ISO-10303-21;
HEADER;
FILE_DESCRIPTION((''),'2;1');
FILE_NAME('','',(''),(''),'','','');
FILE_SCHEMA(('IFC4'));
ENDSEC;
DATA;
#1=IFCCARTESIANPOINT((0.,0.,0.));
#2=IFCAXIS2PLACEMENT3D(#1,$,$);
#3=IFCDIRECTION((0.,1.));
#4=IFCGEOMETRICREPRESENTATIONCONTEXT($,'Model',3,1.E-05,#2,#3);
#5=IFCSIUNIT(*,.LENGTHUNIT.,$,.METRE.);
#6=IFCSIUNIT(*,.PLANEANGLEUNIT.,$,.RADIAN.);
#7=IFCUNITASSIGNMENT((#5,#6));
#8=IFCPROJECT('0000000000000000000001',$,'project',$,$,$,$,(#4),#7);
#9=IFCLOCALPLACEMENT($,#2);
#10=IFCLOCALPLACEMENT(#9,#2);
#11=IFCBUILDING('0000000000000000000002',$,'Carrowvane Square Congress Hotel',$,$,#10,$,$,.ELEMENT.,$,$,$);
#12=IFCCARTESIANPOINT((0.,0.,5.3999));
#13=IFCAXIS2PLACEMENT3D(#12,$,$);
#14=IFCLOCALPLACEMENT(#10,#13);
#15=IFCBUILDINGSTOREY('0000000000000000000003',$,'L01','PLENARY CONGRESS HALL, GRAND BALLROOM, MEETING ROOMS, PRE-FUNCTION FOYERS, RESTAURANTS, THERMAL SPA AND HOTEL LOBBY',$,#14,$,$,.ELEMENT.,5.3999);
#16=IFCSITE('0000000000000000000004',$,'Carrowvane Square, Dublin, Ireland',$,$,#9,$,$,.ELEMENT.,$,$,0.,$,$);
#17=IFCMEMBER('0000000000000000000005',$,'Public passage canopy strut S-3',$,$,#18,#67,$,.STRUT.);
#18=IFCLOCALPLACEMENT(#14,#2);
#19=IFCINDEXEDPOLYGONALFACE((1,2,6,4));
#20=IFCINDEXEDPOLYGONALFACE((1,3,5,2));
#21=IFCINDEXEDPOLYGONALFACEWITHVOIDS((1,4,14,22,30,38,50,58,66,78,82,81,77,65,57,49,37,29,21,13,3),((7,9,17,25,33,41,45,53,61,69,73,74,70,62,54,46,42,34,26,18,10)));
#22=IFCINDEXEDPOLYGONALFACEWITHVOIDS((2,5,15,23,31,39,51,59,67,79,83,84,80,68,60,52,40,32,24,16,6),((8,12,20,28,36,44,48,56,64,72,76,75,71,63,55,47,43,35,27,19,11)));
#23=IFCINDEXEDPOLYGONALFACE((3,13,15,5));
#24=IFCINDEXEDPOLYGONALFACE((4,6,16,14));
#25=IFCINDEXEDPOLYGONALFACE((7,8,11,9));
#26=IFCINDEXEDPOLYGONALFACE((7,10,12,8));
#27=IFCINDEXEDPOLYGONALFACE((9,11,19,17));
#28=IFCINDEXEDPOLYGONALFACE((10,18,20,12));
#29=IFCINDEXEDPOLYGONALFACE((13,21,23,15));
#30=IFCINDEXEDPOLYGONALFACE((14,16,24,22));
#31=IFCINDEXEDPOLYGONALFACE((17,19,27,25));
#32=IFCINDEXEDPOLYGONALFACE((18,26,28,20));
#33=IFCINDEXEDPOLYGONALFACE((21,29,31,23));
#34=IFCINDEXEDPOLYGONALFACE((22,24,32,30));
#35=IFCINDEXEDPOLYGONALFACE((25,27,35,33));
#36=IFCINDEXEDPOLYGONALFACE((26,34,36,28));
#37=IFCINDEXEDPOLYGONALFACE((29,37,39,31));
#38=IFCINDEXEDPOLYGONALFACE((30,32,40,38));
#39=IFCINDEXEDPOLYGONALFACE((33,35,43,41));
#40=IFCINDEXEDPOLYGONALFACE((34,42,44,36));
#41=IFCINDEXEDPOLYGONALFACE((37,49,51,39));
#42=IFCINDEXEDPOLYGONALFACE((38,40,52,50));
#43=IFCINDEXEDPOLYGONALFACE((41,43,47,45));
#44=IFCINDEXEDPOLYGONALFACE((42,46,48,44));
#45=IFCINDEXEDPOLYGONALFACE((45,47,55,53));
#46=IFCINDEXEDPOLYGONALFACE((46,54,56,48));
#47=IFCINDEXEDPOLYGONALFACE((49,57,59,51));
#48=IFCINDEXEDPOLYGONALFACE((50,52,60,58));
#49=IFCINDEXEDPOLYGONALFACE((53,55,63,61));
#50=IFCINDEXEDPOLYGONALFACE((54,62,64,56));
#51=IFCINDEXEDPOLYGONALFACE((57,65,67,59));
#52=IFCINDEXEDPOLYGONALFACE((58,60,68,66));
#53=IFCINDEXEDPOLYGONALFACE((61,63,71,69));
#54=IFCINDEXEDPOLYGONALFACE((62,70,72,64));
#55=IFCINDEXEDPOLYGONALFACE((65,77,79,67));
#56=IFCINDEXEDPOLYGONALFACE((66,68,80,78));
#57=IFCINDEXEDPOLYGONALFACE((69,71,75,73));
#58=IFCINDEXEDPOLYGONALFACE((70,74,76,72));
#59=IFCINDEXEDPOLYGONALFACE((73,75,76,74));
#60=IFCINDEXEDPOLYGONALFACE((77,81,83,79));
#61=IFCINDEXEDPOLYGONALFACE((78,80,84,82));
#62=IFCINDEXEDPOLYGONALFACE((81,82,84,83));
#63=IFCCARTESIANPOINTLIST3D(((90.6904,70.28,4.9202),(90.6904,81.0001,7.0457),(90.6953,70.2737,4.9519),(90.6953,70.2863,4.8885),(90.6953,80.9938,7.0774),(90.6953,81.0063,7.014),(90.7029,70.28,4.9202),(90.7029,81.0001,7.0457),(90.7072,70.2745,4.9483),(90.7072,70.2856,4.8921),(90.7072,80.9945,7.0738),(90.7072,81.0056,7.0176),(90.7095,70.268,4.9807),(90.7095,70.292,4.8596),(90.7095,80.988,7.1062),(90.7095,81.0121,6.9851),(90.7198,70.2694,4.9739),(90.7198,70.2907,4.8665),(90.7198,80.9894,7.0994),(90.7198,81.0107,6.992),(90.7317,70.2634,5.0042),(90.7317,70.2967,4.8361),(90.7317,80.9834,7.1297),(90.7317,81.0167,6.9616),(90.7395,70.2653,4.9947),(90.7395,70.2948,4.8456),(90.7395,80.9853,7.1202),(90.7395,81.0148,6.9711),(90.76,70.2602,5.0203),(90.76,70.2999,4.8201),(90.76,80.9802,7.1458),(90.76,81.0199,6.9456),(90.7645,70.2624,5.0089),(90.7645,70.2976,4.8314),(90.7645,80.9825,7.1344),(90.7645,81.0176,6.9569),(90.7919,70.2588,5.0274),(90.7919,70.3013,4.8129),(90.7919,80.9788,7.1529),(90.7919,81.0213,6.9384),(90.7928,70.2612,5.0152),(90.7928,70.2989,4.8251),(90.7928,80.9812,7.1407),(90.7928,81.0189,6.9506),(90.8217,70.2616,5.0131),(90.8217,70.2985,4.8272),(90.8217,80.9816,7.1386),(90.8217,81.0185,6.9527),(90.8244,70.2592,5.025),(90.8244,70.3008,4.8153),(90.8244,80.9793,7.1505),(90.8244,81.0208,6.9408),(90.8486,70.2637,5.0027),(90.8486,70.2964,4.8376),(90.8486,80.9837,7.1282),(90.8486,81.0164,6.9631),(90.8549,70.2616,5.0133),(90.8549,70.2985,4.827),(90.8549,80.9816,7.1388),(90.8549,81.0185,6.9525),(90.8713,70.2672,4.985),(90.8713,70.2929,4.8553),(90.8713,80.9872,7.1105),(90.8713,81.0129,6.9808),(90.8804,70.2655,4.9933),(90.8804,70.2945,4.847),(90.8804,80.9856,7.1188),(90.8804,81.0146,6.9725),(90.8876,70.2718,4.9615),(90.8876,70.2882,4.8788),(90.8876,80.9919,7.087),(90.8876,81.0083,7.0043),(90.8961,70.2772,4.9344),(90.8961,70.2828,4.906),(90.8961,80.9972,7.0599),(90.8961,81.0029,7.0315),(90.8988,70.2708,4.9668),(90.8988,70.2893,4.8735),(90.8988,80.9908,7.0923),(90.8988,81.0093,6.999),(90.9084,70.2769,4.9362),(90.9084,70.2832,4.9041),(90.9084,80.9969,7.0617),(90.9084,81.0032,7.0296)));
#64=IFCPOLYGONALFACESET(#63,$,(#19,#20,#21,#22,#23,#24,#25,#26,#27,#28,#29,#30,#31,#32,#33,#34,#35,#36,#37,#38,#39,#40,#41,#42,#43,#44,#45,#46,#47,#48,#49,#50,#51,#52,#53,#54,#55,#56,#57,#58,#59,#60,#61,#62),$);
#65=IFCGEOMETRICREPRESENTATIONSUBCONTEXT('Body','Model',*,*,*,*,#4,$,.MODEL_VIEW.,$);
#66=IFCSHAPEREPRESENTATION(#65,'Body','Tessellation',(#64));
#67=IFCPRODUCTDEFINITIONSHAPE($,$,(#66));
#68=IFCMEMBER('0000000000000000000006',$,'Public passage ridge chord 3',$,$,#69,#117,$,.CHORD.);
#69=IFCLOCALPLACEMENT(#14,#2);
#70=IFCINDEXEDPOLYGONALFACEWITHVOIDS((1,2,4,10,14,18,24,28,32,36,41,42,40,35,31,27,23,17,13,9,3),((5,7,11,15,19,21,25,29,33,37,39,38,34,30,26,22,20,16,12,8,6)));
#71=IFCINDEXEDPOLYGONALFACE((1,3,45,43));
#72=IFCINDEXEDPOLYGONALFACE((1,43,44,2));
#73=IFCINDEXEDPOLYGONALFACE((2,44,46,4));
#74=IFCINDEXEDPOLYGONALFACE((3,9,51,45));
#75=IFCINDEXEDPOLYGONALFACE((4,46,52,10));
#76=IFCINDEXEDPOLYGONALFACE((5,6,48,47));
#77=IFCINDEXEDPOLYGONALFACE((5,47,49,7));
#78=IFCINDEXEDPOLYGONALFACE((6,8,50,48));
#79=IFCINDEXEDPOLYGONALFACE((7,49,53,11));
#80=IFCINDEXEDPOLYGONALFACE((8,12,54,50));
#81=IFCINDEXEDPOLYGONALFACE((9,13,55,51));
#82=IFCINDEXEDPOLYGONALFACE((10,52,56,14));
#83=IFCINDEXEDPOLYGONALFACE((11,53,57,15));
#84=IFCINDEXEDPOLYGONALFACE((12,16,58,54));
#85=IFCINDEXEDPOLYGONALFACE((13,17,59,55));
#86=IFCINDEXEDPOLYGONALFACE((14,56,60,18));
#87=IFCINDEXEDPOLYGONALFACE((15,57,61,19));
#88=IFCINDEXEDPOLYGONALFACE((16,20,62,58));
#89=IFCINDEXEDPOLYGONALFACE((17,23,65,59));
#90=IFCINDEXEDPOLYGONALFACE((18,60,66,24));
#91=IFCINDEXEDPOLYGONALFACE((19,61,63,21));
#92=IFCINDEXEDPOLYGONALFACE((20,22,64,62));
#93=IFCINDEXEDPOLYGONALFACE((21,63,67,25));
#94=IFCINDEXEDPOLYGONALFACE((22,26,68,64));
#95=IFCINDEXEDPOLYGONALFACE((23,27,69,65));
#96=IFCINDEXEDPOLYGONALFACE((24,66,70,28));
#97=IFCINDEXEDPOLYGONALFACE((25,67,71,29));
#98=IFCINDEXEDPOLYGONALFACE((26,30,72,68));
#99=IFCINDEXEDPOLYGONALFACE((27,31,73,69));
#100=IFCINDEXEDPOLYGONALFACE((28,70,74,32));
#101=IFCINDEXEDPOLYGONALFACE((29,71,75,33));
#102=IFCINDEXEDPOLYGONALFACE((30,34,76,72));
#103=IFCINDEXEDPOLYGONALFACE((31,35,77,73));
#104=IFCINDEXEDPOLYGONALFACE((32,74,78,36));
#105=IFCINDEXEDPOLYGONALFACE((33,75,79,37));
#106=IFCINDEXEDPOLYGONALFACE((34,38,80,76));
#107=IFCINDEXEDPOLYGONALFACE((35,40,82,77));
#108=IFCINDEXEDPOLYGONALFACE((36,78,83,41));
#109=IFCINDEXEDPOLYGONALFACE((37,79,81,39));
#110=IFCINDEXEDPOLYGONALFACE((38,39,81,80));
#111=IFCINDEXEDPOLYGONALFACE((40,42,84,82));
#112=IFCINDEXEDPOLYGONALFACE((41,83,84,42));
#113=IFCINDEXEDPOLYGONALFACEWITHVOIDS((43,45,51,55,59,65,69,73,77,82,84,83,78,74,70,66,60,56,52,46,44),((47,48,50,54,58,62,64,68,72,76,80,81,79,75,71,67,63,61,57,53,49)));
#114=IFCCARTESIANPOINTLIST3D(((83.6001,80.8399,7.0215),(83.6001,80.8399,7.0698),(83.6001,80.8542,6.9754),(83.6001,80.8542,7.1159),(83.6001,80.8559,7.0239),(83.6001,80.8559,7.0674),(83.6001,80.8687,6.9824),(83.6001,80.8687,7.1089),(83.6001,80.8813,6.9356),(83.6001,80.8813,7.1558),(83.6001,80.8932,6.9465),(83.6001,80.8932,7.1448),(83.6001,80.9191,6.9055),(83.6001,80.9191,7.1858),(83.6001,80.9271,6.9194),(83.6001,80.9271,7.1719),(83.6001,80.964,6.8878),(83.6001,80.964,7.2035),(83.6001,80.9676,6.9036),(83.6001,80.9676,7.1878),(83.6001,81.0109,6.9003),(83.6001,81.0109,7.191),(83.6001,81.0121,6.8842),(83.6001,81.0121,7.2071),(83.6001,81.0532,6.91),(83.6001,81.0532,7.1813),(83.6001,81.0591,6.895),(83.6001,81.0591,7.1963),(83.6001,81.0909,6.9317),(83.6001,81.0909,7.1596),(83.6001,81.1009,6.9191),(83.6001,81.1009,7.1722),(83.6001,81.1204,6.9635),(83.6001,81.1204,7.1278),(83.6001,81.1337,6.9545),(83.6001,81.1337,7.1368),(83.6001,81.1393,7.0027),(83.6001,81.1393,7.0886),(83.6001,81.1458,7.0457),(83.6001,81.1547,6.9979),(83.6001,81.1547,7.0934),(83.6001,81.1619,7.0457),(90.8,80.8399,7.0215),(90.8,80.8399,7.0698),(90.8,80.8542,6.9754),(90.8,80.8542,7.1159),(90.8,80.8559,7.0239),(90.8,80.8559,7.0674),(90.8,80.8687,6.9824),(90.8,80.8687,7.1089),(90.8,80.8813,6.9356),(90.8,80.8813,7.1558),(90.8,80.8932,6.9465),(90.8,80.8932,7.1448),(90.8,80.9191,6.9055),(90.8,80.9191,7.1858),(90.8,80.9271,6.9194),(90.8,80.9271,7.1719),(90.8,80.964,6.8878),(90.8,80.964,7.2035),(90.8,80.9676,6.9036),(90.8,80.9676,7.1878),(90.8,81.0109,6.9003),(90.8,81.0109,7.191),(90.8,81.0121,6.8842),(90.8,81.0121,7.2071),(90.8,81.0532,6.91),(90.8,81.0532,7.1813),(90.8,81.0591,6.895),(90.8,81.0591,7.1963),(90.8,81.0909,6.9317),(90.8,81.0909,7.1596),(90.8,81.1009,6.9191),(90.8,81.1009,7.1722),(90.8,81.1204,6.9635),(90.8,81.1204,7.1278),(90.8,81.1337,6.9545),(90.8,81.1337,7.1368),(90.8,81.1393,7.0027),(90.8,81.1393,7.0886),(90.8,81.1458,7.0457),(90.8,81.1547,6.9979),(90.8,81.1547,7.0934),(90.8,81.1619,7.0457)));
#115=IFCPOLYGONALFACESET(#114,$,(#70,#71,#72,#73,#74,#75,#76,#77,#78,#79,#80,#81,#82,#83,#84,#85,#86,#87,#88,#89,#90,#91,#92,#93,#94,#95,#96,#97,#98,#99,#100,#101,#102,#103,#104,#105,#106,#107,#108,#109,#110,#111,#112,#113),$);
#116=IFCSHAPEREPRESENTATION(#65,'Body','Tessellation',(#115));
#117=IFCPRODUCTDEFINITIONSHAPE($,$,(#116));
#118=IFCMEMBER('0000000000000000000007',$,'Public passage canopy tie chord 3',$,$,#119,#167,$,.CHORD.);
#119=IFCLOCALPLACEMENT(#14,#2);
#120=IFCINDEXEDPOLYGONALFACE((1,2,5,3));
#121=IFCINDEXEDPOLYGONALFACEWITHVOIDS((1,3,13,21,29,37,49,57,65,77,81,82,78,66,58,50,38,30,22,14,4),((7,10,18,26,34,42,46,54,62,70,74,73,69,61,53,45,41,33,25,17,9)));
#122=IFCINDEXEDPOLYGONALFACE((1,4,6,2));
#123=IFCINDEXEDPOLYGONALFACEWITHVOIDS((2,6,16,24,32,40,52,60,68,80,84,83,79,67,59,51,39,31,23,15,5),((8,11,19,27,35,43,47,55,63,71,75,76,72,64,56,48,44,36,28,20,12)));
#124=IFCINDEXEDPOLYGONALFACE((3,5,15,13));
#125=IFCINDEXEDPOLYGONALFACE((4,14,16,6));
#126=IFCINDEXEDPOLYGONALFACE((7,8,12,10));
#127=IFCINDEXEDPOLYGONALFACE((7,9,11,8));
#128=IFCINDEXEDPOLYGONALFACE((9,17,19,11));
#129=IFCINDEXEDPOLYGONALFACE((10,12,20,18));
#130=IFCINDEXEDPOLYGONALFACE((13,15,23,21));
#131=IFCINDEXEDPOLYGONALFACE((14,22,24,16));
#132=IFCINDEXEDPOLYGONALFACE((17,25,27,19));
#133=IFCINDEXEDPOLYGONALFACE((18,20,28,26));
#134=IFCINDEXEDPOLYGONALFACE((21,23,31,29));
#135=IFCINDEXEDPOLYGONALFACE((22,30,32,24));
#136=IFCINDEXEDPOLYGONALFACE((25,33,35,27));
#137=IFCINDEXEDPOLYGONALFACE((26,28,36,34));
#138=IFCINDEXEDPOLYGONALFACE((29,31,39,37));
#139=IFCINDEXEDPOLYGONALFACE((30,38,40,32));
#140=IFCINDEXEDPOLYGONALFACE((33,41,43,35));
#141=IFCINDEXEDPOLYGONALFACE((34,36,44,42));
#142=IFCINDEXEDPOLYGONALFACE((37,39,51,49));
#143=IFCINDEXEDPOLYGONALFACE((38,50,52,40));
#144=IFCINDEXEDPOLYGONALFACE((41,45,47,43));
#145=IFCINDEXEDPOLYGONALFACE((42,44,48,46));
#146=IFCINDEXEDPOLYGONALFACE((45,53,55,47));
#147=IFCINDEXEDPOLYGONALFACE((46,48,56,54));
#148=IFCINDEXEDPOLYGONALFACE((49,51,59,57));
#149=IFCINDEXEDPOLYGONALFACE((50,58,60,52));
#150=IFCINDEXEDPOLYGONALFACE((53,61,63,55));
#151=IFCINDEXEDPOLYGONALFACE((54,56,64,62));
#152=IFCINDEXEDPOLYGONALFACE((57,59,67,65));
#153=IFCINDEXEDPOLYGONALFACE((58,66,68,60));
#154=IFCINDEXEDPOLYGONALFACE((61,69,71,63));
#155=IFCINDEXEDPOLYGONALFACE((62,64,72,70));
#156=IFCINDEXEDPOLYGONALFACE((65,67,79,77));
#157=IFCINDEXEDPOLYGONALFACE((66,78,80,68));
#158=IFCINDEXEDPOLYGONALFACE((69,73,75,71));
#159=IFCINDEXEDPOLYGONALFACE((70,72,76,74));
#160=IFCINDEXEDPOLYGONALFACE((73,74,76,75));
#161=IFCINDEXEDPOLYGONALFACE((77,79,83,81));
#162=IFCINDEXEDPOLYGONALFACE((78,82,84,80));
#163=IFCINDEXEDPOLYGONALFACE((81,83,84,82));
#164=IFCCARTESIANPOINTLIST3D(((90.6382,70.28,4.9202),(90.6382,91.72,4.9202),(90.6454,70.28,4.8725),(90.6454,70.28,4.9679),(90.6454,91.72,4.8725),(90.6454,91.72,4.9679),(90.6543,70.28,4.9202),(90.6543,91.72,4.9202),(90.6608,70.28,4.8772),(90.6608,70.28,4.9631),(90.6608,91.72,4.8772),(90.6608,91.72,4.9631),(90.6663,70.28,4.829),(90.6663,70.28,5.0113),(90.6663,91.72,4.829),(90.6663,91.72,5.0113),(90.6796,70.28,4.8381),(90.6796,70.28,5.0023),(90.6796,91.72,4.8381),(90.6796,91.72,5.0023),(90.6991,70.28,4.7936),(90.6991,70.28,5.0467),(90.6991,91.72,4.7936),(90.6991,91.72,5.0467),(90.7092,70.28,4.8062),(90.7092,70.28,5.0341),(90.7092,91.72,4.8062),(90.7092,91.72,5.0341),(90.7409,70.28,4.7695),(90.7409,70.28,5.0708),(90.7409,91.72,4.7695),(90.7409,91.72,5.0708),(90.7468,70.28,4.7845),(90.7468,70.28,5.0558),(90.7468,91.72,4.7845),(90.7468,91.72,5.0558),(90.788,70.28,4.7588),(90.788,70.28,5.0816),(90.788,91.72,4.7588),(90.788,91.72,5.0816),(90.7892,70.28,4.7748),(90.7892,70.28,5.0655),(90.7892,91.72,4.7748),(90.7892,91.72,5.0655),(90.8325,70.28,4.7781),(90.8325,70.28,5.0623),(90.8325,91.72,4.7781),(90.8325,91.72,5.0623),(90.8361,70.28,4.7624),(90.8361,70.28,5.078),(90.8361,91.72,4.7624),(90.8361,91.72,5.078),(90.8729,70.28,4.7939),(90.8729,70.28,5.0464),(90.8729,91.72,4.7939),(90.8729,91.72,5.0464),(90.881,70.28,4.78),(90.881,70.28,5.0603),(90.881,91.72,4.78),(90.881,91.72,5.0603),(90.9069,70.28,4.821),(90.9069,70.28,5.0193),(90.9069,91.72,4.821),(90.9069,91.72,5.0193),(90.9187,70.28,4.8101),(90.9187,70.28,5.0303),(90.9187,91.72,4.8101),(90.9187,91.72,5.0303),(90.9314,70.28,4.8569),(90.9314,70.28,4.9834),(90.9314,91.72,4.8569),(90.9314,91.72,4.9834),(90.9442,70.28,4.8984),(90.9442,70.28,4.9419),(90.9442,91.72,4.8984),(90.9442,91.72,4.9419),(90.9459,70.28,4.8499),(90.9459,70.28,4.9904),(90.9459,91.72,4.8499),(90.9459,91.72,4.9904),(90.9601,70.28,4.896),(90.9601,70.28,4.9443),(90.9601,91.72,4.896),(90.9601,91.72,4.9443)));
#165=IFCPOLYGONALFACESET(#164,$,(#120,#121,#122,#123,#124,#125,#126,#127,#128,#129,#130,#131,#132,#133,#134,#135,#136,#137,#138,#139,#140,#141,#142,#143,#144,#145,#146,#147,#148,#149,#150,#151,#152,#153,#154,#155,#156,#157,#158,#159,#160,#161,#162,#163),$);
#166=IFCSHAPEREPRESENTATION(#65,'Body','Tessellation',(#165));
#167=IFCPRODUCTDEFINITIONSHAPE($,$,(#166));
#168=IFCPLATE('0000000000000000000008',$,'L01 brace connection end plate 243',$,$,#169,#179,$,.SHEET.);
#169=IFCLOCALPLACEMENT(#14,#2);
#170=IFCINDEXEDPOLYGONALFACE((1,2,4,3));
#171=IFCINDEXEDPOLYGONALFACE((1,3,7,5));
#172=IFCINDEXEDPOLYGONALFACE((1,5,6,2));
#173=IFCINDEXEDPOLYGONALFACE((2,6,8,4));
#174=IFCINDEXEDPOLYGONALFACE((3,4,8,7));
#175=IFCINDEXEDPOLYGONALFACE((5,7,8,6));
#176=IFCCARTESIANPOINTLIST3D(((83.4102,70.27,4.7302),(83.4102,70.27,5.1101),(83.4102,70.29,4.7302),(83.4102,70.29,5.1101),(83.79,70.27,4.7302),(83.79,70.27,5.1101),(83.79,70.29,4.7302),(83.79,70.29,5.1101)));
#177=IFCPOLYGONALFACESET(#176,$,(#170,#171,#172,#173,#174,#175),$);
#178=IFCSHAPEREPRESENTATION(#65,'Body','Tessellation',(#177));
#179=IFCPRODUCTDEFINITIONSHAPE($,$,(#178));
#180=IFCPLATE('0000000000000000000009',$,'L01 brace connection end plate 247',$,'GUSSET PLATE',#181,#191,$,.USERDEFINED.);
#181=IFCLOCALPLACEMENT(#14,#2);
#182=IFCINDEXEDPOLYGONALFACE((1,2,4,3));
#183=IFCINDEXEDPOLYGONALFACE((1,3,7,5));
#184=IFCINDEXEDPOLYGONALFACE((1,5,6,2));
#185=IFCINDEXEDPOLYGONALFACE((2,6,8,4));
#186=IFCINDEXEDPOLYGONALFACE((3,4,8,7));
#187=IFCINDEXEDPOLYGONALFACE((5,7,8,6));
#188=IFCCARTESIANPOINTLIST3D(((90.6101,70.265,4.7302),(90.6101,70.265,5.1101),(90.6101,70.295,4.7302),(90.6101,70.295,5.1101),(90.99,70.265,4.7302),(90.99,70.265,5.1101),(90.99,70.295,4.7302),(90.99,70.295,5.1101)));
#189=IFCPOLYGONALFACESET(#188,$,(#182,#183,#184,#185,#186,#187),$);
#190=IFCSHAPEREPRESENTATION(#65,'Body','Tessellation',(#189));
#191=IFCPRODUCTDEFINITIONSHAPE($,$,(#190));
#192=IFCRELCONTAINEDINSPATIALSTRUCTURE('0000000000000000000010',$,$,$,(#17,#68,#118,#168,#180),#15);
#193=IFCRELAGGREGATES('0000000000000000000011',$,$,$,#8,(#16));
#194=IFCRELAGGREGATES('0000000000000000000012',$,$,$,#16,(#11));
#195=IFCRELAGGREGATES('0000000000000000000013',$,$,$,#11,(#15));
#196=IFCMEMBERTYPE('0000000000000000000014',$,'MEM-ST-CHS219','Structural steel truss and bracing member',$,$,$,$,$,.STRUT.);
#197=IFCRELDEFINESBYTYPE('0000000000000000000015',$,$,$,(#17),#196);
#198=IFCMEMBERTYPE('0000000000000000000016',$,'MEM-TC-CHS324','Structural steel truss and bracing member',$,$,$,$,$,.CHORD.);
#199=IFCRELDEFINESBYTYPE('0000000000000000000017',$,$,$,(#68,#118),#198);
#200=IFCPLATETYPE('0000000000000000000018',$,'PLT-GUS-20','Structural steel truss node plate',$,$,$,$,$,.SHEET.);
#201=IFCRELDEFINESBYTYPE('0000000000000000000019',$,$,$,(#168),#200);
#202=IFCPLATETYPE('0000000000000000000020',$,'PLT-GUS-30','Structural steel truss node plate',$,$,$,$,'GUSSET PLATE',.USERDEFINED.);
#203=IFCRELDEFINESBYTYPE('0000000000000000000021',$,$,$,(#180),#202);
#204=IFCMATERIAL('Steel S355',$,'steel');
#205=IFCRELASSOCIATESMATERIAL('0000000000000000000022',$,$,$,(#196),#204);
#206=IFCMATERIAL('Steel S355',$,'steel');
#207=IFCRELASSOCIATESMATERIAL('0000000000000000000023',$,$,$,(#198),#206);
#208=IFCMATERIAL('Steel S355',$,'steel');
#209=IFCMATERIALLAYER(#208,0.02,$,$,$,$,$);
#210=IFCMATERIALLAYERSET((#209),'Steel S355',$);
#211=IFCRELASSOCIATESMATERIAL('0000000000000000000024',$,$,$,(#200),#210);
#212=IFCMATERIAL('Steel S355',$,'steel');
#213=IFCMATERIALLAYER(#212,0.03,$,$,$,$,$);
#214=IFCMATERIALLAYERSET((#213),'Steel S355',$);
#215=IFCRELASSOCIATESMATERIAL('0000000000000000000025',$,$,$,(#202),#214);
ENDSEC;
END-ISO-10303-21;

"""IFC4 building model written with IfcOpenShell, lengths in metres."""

from ifc_helpers import new_model, si_unit, direction, frame, origin, origin_2d, place, context, subcontext, project, spatial, rectangle, hollow_circle, extrude, material, layer, layer_set, material_profile, profile_set, type_object, element, save


model = new_model("IFC4")

# Units and contexts
model_context = context("Model", 3, precision=1e-05, world=origin(), true_north=direction((0.0, 1.0)))
body_context = subcontext(model_context, "Body", "Model", "MODEL_VIEW")
ifc_project = project(units=[si_unit("LENGTHUNIT", "METRE"), si_unit("PLANEANGLEUNIT", "RADIAN")], contexts=[model_context])

# Site, building, storey
site_placement = place(None, origin())
site = spatial("IfcSite", under=ifc_project, at=site_placement, Name="Carrowvane Square, Dublin, Ireland", CompositionType="ELEMENT", RefElevation=0.0)
building_placement = place(site_placement, origin())
building = spatial("IfcBuilding", under=site, at=building_placement, Name="Carrowvane Square Congress Hotel", CompositionType="ELEMENT")
storey_placement = place(building_placement, frame((0.0, 0.0, 5.3999)))
storey = spatial("IfcBuildingStorey", under=building, at=storey_placement, Name="L01", Description="PLENARY CONGRESS HALL, GRAND BALLROOM, MEETING ROOMS, PRE-FUNCTION FOYERS, RESTAURANTS, THERMAL SPA AND HOTEL LOBBY", CompositionType="ELEMENT", Elevation=5.3999)

# Members
ifc_material_1 = material(Name="Steel S355", Category="steel")
ifc_material_profile_1 = material_profile(ifc_material_1, hollow_circle(Radius=0.1096, WallThickness=0.0125, at=origin_2d()), Name="CHS 219.1x12.5")
ifc_profile_set_1 = profile_set([ifc_material_profile_1], Name="Steel S355")
member_type_1 = type_object("IfcMemberType", Name="MEM-ST-CHS219", Description="Structural steel truss and bracing member", PredefinedType="STRUT", material=ifc_profile_set_1)
member_1_placement = place(storey_placement, frame((90.8, 70.28, 4.9202), z_axis=(0.0, 0.980905, 0.194488), x_axis=(-1.0, 0.0, 0.0)))
element("IfcMember", 1, at=member_1_placement, inside=storey, type_object=member_type_1, Name="Public passage canopy strut S-3", PredefinedType="STRUT", context=body_context, shape_type="SweptSolid", body=[
    extrude(hollow_circle(Radius=0.1096, WallThickness=0.0125, at=origin_2d()), origin(), (0.0, 0.0, 1.0), 10.9287),
])
ifc_material_2 = material(Name="Steel S355", Category="steel")
ifc_material_profile_2 = material_profile(ifc_material_2, hollow_circle(Radius=0.1619, WallThickness=0.0161, at=origin_2d()), Name="CHS 323.9x16")
ifc_profile_set_2 = profile_set([ifc_material_profile_2], Name="Steel S355")
member_type_2 = type_object("IfcMemberType", Name="MEM-TC-CHS324", Description="Structural steel truss and bracing member", PredefinedType="CHORD", material=ifc_profile_set_2)
member_2_placement = place(storey_placement, frame((83.6001, 81.0, 7.0457), z_axis=(1.0, 0.0, 0.0), x_axis=(0.0, 1.0, 0.0)))
element("IfcMember", 2, at=member_2_placement, inside=storey, type_object=member_type_2, Name="Public passage ridge chord 3", PredefinedType="CHORD", context=body_context, shape_type="SweptSolid", body=[
    extrude(hollow_circle(Radius=0.1619, WallThickness=0.0161, at=origin_2d()), origin(), (0.0, 0.0, 1.0), 7.2),
])
member_3_placement = place(storey_placement, frame((90.8, 70.28, 4.9202), z_axis=(0.0, 1.0, 0.0), x_axis=(-1.0, 0.0, 0.0)))
element("IfcMember", 3, at=member_3_placement, inside=storey, type_object=member_type_2, Name="Public passage canopy tie chord 3", PredefinedType="CHORD", context=body_context, shape_type="SweptSolid", body=[
    extrude(hollow_circle(Radius=0.1619, WallThickness=0.0161, at=origin_2d()), origin(), (0.0, 0.0, 1.0), 21.4399),
])

# Plates
ifc_material_3 = material(Name="Steel S355", Category="steel")
ifc_layer_1 = layer(ifc_material_3, 0.02)
ifc_layer_set_1 = layer_set([ifc_layer_1], Name="Steel S355")
plate_type_1 = type_object("IfcPlateType", Name="PLT-GUS-20", Description="Structural steel truss node plate", PredefinedType="SHEET", material=ifc_layer_set_1)
plate_1_placement = place(storey_placement, frame((83.6001, 70.28, 4.7302), z_axis=(0.0, 0.0, 1.0), x_axis=(1.0, 0.0, 0.0)))
element("IfcPlate", 4, at=plate_1_placement, inside=storey, type_object=plate_type_1, Name="L01 brace connection end plate 243", PredefinedType="SHEET", context=body_context, shape_type="SweptSolid", body=[
    extrude(rectangle(XDim=0.3799, YDim=0.02, at=origin_2d()), origin(), (0.0, 0.0, 1.0), 0.3799),
])
ifc_material_4 = material(Name="Steel S355", Category="steel")
ifc_layer_2 = layer(ifc_material_4, 0.03)
ifc_layer_set_2 = layer_set([ifc_layer_2], Name="Steel S355")
plate_type_2 = type_object("IfcPlateType", Name="PLT-GUS-30", Description="Structural steel truss node plate", ElementType="GUSSET PLATE", PredefinedType="USERDEFINED", material=ifc_layer_set_2)
plate_2_placement = place(storey_placement, frame((90.8, 70.28, 4.7302), z_axis=(0.0, 0.0, 1.0), x_axis=(1.0, 0.0, 0.0)))
element("IfcPlate", 5, at=plate_2_placement, inside=storey, type_object=plate_type_2, Name="L01 brace connection end plate 247", ObjectType="GUSSET PLATE", PredefinedType="USERDEFINED", context=body_context, shape_type="SweptSolid", body=[
    extrude(rectangle(XDim=0.3799, YDim=0.03, at=origin_2d()), origin(), (0.0, 0.0, 1.0), 0.3799),
])

save(model, "model.ifc")
